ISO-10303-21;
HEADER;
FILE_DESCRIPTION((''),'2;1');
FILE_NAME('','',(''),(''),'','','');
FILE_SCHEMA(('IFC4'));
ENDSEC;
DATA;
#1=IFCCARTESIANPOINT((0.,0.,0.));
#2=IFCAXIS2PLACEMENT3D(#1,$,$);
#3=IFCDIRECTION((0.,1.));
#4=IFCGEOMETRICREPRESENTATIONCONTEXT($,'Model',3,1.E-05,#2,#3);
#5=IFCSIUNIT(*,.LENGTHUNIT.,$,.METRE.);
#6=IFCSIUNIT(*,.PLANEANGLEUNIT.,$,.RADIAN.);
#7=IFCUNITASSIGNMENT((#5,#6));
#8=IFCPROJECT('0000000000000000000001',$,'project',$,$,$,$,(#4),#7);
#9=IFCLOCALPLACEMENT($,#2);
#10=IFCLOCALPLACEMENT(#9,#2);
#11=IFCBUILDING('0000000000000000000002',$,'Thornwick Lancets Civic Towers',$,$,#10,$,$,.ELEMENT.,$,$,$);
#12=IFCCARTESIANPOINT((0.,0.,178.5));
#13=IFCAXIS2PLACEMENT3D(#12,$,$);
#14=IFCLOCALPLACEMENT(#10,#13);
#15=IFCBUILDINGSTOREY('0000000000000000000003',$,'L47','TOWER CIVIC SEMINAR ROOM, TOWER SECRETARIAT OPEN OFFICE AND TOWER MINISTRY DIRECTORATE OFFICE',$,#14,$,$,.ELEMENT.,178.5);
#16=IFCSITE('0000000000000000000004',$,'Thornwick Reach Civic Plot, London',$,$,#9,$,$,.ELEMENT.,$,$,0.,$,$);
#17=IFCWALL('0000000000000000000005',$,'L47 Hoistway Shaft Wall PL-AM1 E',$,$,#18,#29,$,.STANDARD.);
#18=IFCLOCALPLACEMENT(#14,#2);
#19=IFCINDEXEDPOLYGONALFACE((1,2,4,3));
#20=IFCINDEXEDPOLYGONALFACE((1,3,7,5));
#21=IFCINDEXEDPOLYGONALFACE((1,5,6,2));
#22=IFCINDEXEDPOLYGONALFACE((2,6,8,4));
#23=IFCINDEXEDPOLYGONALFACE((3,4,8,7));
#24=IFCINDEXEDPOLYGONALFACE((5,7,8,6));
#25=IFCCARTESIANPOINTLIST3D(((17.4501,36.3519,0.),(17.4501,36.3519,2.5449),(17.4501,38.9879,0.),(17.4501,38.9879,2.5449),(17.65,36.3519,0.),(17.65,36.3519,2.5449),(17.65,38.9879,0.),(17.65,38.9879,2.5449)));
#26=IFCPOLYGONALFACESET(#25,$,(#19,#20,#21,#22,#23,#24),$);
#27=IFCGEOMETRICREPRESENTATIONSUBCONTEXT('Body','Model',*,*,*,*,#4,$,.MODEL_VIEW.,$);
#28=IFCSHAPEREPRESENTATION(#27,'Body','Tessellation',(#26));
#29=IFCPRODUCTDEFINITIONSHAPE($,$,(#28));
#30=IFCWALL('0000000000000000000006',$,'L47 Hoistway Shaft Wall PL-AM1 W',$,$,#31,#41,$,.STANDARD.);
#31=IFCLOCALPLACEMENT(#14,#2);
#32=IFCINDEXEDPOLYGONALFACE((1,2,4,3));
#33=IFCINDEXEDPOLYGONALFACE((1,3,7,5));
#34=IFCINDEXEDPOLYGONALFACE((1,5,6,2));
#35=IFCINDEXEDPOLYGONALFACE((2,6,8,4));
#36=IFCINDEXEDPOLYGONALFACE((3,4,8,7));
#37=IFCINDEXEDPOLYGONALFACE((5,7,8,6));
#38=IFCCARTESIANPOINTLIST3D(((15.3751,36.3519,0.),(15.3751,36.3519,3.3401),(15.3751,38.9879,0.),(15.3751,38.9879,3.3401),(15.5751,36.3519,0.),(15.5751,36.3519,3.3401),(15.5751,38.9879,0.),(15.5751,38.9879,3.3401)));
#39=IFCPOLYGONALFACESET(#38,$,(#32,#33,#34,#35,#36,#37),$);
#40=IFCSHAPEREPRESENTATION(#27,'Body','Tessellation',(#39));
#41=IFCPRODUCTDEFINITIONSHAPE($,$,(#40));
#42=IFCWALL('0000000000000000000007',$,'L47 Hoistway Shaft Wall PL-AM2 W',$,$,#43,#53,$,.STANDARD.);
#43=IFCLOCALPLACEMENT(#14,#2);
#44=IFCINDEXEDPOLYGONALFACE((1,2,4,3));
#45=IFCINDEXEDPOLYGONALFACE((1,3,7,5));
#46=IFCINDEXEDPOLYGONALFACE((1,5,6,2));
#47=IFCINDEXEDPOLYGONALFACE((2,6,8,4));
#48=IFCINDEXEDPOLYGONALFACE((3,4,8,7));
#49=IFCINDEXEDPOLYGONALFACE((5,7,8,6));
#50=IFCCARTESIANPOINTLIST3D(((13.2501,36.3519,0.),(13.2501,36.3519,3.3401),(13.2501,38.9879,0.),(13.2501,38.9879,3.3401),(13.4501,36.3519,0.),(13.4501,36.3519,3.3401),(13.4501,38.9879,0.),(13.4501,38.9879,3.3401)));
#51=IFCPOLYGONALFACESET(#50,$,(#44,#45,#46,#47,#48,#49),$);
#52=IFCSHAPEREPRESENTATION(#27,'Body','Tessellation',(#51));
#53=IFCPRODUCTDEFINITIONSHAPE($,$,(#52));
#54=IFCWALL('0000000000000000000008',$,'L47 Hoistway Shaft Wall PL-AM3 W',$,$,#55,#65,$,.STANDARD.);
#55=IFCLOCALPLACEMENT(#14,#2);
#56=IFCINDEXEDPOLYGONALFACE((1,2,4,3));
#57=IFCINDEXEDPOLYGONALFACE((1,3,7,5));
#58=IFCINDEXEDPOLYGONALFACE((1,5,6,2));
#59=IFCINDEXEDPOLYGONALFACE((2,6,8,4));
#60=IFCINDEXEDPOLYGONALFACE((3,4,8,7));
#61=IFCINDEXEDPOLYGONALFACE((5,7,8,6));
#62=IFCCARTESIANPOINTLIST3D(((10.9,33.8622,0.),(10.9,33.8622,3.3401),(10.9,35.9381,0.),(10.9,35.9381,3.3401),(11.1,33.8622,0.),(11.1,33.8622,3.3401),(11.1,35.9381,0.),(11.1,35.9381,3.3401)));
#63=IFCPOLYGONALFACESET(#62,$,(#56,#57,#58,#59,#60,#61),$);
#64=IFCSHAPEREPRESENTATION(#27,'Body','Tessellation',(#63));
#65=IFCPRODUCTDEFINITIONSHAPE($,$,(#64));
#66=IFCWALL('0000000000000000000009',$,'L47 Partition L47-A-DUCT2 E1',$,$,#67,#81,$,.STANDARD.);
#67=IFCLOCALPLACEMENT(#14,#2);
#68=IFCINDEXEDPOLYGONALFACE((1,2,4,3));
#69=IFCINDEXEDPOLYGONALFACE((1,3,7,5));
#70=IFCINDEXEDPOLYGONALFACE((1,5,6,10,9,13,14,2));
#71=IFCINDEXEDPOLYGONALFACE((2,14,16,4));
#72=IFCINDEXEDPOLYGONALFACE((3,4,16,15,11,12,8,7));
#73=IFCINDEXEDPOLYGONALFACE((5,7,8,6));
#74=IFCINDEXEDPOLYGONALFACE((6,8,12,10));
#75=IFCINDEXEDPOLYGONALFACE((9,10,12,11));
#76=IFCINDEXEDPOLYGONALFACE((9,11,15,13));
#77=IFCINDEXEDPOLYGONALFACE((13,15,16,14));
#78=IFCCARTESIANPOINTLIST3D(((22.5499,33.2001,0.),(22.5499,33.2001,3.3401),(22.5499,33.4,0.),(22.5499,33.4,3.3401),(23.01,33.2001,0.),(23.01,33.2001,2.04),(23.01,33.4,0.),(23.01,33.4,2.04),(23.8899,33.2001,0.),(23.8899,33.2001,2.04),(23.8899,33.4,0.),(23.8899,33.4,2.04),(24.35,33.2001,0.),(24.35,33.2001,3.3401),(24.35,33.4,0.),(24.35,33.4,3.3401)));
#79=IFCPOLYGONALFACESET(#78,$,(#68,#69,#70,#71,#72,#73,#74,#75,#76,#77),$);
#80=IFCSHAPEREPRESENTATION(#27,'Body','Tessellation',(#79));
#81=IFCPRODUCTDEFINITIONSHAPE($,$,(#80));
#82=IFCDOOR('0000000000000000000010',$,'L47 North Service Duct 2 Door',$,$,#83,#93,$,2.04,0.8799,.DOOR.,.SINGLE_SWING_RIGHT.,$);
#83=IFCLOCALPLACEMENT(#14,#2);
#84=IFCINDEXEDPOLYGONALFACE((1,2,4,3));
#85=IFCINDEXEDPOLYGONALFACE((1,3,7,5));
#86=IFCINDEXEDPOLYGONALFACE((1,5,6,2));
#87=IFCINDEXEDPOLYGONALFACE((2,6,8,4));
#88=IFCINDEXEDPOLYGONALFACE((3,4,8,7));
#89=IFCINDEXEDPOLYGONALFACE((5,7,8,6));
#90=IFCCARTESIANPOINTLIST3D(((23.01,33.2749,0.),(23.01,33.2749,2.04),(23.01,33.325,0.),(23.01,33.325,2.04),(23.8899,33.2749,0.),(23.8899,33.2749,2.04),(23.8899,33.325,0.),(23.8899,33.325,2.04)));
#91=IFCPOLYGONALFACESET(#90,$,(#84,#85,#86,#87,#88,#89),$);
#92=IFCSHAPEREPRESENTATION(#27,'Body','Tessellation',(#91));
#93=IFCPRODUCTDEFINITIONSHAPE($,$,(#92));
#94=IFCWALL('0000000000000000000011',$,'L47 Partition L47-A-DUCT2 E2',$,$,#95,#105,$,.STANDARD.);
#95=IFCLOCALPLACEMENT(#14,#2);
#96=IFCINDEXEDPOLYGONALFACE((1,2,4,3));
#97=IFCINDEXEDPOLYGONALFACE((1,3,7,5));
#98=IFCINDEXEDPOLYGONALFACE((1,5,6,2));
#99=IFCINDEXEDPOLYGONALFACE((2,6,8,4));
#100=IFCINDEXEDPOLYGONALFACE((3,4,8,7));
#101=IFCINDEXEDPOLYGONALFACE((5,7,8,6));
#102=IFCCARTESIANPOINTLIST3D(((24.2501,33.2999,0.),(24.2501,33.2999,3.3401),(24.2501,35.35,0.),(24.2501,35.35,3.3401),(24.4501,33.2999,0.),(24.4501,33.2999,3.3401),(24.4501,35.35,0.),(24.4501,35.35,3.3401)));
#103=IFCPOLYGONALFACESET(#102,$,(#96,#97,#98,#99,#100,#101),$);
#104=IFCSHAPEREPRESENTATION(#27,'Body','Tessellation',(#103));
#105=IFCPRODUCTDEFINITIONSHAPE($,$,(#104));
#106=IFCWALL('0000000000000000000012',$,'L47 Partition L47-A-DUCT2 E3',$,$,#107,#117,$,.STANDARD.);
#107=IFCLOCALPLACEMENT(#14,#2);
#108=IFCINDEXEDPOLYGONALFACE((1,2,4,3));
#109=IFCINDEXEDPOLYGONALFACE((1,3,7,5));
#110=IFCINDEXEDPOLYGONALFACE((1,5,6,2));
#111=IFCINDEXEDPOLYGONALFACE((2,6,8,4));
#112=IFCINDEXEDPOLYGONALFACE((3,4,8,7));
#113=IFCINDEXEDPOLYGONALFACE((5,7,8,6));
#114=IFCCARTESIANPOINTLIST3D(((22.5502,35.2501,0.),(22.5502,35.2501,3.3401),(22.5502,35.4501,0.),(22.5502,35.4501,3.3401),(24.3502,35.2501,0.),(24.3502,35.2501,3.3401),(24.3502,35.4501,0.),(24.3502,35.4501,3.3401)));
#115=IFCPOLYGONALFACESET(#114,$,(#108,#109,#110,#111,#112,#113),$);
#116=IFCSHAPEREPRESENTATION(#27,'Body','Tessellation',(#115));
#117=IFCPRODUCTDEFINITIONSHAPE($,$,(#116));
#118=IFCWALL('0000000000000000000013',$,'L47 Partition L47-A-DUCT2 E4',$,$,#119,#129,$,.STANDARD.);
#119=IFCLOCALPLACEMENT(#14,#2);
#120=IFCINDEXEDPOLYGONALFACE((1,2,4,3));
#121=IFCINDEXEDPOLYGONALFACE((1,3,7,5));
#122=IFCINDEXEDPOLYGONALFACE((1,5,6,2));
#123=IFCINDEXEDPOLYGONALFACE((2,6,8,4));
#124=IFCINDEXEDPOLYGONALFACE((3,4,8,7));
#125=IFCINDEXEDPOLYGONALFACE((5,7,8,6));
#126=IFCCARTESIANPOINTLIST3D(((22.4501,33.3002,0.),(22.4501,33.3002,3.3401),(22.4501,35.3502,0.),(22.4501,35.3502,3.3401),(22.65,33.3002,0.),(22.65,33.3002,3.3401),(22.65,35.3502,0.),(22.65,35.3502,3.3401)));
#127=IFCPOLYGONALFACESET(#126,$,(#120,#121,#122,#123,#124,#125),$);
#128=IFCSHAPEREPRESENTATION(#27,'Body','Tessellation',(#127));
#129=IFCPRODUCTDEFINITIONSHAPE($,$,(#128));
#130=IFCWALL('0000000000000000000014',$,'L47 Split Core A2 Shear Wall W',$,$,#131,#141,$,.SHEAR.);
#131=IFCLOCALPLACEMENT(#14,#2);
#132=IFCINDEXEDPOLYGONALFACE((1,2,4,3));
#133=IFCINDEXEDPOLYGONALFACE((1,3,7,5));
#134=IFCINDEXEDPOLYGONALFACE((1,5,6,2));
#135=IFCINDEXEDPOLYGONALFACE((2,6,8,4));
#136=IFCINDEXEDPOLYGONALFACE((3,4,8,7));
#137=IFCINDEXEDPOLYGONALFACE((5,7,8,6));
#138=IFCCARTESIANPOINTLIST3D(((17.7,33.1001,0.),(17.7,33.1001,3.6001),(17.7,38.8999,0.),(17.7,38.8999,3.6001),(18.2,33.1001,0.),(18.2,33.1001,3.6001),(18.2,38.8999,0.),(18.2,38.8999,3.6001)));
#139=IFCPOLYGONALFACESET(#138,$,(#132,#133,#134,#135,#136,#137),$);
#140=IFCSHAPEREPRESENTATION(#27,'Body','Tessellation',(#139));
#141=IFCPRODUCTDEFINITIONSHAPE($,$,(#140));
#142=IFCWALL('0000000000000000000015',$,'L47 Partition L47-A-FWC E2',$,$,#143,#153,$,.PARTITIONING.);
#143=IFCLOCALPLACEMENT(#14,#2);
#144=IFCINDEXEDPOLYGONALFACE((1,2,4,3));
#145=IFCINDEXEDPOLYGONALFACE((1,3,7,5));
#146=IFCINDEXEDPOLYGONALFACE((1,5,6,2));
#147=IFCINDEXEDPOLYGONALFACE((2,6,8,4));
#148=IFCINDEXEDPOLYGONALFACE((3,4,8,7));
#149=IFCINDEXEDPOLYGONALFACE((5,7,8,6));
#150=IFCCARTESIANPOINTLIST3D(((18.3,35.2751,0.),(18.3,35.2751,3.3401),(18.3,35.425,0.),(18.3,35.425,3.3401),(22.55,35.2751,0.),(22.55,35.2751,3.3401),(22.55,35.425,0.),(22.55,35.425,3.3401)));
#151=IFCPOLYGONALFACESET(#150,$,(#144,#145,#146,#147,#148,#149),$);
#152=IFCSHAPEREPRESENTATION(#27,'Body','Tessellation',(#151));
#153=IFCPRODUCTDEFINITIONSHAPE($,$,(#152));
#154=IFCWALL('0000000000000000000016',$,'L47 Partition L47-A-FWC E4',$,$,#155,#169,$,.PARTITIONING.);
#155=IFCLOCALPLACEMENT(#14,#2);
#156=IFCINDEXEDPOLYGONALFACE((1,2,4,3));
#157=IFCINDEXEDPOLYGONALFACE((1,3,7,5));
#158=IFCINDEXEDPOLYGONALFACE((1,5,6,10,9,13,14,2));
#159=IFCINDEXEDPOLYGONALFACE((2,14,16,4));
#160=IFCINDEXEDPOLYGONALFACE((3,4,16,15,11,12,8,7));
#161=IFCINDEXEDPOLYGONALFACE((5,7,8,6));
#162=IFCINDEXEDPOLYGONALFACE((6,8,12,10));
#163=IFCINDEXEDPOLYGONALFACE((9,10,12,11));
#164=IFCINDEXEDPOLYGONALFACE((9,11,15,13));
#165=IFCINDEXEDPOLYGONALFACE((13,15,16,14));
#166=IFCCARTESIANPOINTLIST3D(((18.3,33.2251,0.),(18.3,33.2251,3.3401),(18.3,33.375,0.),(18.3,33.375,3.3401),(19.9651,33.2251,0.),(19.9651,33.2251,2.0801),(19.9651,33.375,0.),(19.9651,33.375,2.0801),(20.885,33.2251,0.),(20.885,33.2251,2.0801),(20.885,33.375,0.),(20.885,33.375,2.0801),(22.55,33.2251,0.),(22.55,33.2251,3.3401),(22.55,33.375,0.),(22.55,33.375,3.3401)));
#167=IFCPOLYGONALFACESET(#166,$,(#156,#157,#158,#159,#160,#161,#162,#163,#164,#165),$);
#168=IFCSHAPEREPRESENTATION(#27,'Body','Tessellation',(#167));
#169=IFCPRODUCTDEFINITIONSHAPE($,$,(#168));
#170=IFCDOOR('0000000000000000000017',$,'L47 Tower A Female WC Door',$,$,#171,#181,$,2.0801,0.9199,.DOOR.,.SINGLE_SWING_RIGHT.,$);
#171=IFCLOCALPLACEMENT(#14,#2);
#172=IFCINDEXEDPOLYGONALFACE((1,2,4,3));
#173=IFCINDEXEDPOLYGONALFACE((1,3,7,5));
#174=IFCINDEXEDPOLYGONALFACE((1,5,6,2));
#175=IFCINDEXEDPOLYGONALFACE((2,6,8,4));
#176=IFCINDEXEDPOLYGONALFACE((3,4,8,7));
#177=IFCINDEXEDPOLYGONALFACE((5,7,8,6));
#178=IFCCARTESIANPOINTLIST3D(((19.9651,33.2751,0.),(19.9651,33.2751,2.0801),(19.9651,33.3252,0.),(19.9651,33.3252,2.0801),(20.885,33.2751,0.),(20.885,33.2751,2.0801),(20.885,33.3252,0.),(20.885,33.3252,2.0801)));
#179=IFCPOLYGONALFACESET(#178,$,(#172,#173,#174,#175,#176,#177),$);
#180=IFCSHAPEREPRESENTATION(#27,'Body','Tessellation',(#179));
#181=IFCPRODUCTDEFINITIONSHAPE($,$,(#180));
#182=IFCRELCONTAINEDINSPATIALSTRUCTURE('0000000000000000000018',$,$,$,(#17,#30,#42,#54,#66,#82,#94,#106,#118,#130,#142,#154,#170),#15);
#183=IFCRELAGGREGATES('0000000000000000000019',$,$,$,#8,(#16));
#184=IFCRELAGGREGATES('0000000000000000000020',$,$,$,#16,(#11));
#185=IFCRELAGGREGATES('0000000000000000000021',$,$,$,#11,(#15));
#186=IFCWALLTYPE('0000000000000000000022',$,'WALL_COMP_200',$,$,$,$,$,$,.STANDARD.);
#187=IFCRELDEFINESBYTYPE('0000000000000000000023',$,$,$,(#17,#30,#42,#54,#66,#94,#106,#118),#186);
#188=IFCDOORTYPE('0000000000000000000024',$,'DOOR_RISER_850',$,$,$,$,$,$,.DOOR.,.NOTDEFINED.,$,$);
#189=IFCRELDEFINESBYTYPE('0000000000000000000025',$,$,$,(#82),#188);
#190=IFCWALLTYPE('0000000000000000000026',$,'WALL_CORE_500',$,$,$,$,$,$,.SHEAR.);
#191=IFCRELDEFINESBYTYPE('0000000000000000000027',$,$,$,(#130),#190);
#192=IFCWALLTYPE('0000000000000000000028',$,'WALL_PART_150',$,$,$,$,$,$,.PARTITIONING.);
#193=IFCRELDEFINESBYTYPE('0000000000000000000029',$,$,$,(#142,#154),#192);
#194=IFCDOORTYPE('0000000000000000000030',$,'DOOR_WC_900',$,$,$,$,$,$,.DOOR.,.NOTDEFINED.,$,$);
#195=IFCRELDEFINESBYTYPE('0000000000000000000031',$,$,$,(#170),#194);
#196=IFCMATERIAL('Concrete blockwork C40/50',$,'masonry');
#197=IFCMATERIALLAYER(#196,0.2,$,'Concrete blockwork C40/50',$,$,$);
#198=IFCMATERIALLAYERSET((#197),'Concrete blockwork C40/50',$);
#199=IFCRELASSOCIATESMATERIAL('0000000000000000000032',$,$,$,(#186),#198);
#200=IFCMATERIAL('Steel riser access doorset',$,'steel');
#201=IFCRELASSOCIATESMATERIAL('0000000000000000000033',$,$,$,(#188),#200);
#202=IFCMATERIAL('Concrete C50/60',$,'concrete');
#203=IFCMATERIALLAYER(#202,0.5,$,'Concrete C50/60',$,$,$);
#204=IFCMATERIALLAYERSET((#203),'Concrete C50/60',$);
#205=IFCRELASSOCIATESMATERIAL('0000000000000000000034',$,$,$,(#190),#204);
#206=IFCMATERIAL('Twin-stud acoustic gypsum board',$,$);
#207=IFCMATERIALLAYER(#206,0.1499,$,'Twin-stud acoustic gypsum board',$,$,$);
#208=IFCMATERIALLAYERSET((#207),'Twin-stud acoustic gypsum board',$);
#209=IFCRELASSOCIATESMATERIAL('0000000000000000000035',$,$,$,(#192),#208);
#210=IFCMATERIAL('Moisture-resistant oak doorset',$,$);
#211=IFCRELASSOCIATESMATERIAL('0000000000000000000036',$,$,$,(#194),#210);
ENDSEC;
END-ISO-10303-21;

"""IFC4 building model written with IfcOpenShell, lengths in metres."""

from ifc_helpers import new_model, si_unit, direction, frame, frame_2d, origin, place, context, subcontext, project, spatial, rectangle, extrude, material, layer, layer_set, type_object, element, fill, save


model = new_model("IFC4")

# Units and contexts
model_context = context("Model", 3, precision=1e-05, world=origin(), true_north=direction((0.0, 1.0)))
body_context = subcontext(model_context, "Body", "Model", "MODEL_VIEW")
ifc_project = project(units=[si_unit("LENGTHUNIT", "METRE"), si_unit("PLANEANGLEUNIT", "RADIAN")], contexts=[model_context])

# Site, building, storey
site_placement = place(None, origin())
site = spatial("IfcSite", under=ifc_project, at=site_placement, Name="Thornwick Reach Civic Plot, London", CompositionType="ELEMENT", RefElevation=0.0)
building_placement = place(site_placement, origin())
building = spatial("IfcBuilding", under=site, at=building_placement, Name="Thornwick Lancets Civic Towers", CompositionType="ELEMENT")
storey_placement = place(building_placement, frame((0.0, 0.0, 178.5)))
storey = spatial("IfcBuildingStorey", under=building, at=storey_placement, Name="L47", Description="TOWER CIVIC SEMINAR ROOM, TOWER SECRETARIAT OPEN OFFICE AND TOWER MINISTRY DIRECTORATE OFFICE", CompositionType="ELEMENT", Elevation=178.5)

# Shared definitions
ifc_material_1 = material(Name="Concrete C50/60", Category="concrete")

# Shared definitions
ifc_material_2 = material(Name="Concrete blockwork C40/50", Category="masonry")
ifc_layer_1 = layer(ifc_material_2, 0.2, Name="Concrete blockwork C40/50")
ifc_layer_set_1 = layer_set([ifc_layer_1], Name="Concrete blockwork C40/50")
wall_type_1 = type_object("IfcWallType", Name="WALL_COMP_200", PredefinedType="STANDARD", material=ifc_layer_set_1)

# Walls
wall_1_placement = place(storey_placement, frame((17.55, 36.3521, 0.0), z_axis=(0.0, 0.0, 1.0), x_axis=(0.0, 1.0, 0.0)))
element("IfcWall", 1, at=wall_1_placement, inside=storey, type_object=wall_type_1, Name="L47 Hoistway Shaft Wall PL-AM1 E", PredefinedType="STANDARD", context=body_context, shape_type="SweptSolid", body=[
    extrude(rectangle(XDim=2.636, YDim=0.2, at=frame_2d((1.3179, 0.0))), origin(), (0.0, 0.0, 1.0), 2.5449),
])
for number, where, z_axis, x_axis, name in (
    (2, (15.4751, 36.3521, 0.0), (0.0, 0.0, 1.0), (0.0, 1.0, 0.0), "L47 Hoistway Shaft Wall PL-AM1 W"),
    (3, (13.3501, 36.3521, 0.0), (0.0, 0.0, 1.0), (0.0, 1.0, 0.0), "L47 Hoistway Shaft Wall PL-AM2 W"),
):
    element("IfcWall", number, at=place(storey_placement, frame(where, z_axis=z_axis, x_axis=x_axis)), inside=storey, type_object=wall_type_1, Name=name, PredefinedType="STANDARD", context=body_context, shape_type="SweptSolid", body=[
        extrude(rectangle(XDim=2.636, YDim=0.2, at=frame_2d((1.3179, 0.0))), origin(), (0.0, 0.0, 1.0), 3.3401),
    ])
wall_2_placement = place(storey_placement, frame((11.0, 33.8621, 0.0), z_axis=(0.0, 0.0, 1.0), x_axis=(0.0, 1.0, 0.0)))
element("IfcWall", 4, at=wall_2_placement, inside=storey, type_object=wall_type_1, Name="L47 Hoistway Shaft Wall PL-AM3 W", PredefinedType="STANDARD", context=body_context, shape_type="SweptSolid", body=[
    extrude(rectangle(XDim=2.0759, YDim=0.2, at=frame_2d((1.0381, 0.0))), origin(), (0.0, 0.0, 1.0), 3.3401),
])

# Wall, opening, door
wall_3_placement = place(storey_placement, frame((22.55, 33.3, 0.0), z_axis=(0.0, 0.0, 1.0), x_axis=(1.0, 0.0, 0.0)))
wall_3 = element("IfcWall", 5, at=wall_3_placement, inside=storey, type_object=wall_type_1, Name="L47 Partition L47-A-DUCT2 E1", PredefinedType="STANDARD", context=body_context, shape_type="SweptSolid", body=[
    extrude(rectangle(XDim=1.8, YDim=0.2, at=frame_2d((0.8999, 0.0))), origin(), (0.0, 0.0, 1.0), 3.3401),
])
opening_1_placement = place(wall_3_placement, frame((0.46, 0.0, 0.0)))
opening_1 = element("IfcOpeningElement", 6, at=opening_1_placement, cuts=wall_3, PredefinedType="OPENING", context=body_context, shape_type="SweptSolid", body=[
    extrude(rectangle(XDim=0.8799, YDim=2.04, at=frame_2d((0.4399, 1.02))), frame((0.0, 0.1099, 0.0), z_axis=(0.0, -1.0, 0.0), x_axis=(1.0, 0.0, 0.0)), (0.0, 0.0, 1.0), 0.22),
])
ifc_material_3 = material(Name="Steel riser access doorset", Category="steel")
door_type_1 = type_object("IfcDoorType", Name="DOOR_RISER_850", OperationType="NOTDEFINED", PredefinedType="DOOR", material=ifc_material_3)
door_1_placement = place(opening_1_placement, origin())
door_1 = element("IfcDoor", 7, at=door_1_placement, inside=storey, type_object=door_type_1, Name="L47 North Service Duct 2 Door", OperationType="SINGLE_SWING_RIGHT", OverallHeight=2.04, OverallWidth=0.8799, PredefinedType="DOOR", context=body_context, shape_type="SweptSolid", body=[
    extrude(rectangle(XDim=0.8799, YDim=2.04, at=frame_2d((0.4399, 1.02))), frame((0.0, 0.0249, 0.0), z_axis=(0.0, -1.0, 0.0), x_axis=(1.0, 0.0, 0.0)), (0.0, 0.0, 1.0), 0.05),
])
fill(opening_1, door_1)

# Walls
wall_4_placement = place(storey_placement, frame((24.3501, 33.3, 0.0), z_axis=(0.0, 0.0, 1.0), x_axis=(0.0, 1.0, 0.0)))
element("IfcWall", 8, at=wall_4_placement, inside=storey, type_object=wall_type_1, Name="L47 Partition L47-A-DUCT2 E2", PredefinedType="STANDARD", context=body_context, shape_type="SweptSolid", body=[
    extrude(rectangle(XDim=2.05, YDim=0.2, at=frame_2d((1.0249, 0.0))), origin(), (0.0, 0.0, 1.0), 3.3401),
])
wall_5_placement = place(storey_placement, frame((24.3501, 35.3501, 0.0), z_axis=(0.0, 0.0, 1.0), x_axis=(-1.0, 0.0, 0.0)))
element("IfcWall", 9, at=wall_5_placement, inside=storey, type_object=wall_type_1, Name="L47 Partition L47-A-DUCT2 E3", PredefinedType="STANDARD", context=body_context, shape_type="SweptSolid", body=[
    extrude(rectangle(XDim=1.8, YDim=0.2, at=frame_2d((0.8999, 0.0))), origin(), (0.0, 0.0, 1.0), 3.3401),
])
wall_6_placement = place(storey_placement, frame((22.55, 35.3501, 0.0), z_axis=(0.0, 0.0, 1.0), x_axis=(0.0, -1.0, 0.0)))
element("IfcWall", 10, at=wall_6_placement, inside=storey, type_object=wall_type_1, Name="L47 Partition L47-A-DUCT2 E4", PredefinedType="STANDARD", context=body_context, shape_type="SweptSolid", body=[
    extrude(rectangle(XDim=2.05, YDim=0.2, at=frame_2d((1.0249, 0.0))), origin(), (0.0, 0.0, 1.0), 3.3401),
])
ifc_layer_2 = layer(ifc_material_1, 0.5, Name="Concrete C50/60")
ifc_layer_set_2 = layer_set([ifc_layer_2], Name="Concrete C50/60")
wall_type_2 = type_object("IfcWallType", Name="WALL_CORE_500", PredefinedType="SHEAR", material=ifc_layer_set_2)
wall_7_placement = place(storey_placement, frame((17.95, 33.1001, 0.0), z_axis=(0.0, 0.0, 1.0), x_axis=(0.0, 1.0, 0.0)))
element("IfcWall", 11, at=wall_7_placement, inside=storey, type_object=wall_type_2, Name="L47 Split Core A2 Shear Wall W", PredefinedType="SHEAR", context=body_context, shape_type="SweptSolid", body=[
    extrude(rectangle(XDim=5.7998, YDim=0.5, at=frame_2d((2.8999, 0.0))), origin(), (0.0, 0.0, 1.0), 3.6001),
])
ifc_material_4 = material(Name="Twin-stud acoustic gypsum board")
ifc_layer_3 = layer(ifc_material_4, 0.1499, Name="Twin-stud acoustic gypsum board")
ifc_layer_set_3 = layer_set([ifc_layer_3], Name="Twin-stud acoustic gypsum board")
wall_type_3 = type_object("IfcWallType", Name="WALL_PART_150", PredefinedType="PARTITIONING", material=ifc_layer_set_3)
wall_8_placement = place(storey_placement, frame((18.3, 35.3501, 0.0), z_axis=(0.0, 0.0, 1.0), x_axis=(1.0, 0.0, 0.0)))
element("IfcWall", 12, at=wall_8_placement, inside=storey, type_object=wall_type_3, Name="L47 Partition L47-A-FWC E2", PredefinedType="PARTITIONING", context=body_context, shape_type="SweptSolid", body=[
    extrude(rectangle(XDim=4.25, YDim=0.1499, at=frame_2d((2.125, 0.0))), origin(), (0.0, 0.0, 1.0), 3.3401),
])

# Wall, opening, door
wall_9_placement = place(storey_placement, frame((22.55, 33.3, 0.0), z_axis=(0.0, 0.0, 1.0), x_axis=(-1.0, 0.0, 0.0)))
wall_9 = element("IfcWall", 13, at=wall_9_placement, inside=storey, type_object=wall_type_3, Name="L47 Partition L47-A-FWC E4", PredefinedType="PARTITIONING", context=body_context, shape_type="SweptSolid", body=[
    extrude(rectangle(XDim=4.25, YDim=0.1499, at=frame_2d((2.125, 0.0))), origin(), (0.0, 0.0, 1.0), 3.3401),
])
opening_2_placement = place(wall_9_placement, frame((1.665, 0.0, 0.0)))
opening_2 = element("IfcOpeningElement", 14, at=opening_2_placement, cuts=wall_9, PredefinedType="OPENING", context=body_context, shape_type="SweptSolid", body=[
    extrude(rectangle(XDim=0.9199, YDim=2.0801, at=frame_2d((0.46, 1.04))), frame((0.0, 0.085, 0.0), z_axis=(0.0, -1.0, 0.0), x_axis=(1.0, 0.0, 0.0)), (0.0, 0.0, 1.0), 0.1699),
])
ifc_material_5 = material(Name="Moisture-resistant oak doorset")
door_type_2 = type_object("IfcDoorType", Name="DOOR_WC_900", OperationType="NOTDEFINED", PredefinedType="DOOR", material=ifc_material_5)
door_2_placement = place(opening_2_placement, origin())
door_2 = element("IfcDoor", 15, at=door_2_placement, inside=storey, type_object=door_type_2, Name="L47 Tower A Female WC Door", OperationType="SINGLE_SWING_RIGHT", OverallHeight=2.0801, OverallWidth=0.9199, PredefinedType="DOOR", context=body_context, shape_type="SweptSolid", body=[
    extrude(rectangle(XDim=0.9199, YDim=2.0801, at=frame_2d((0.46, 1.04))), frame((0.0, 0.0249, 0.0), z_axis=(0.0, -1.0, 0.0), x_axis=(1.0, 0.0, 0.0)), (0.0, 0.0, 1.0), 0.05),
])
fill(opening_2, door_2)

save(model, "model.ifc")
